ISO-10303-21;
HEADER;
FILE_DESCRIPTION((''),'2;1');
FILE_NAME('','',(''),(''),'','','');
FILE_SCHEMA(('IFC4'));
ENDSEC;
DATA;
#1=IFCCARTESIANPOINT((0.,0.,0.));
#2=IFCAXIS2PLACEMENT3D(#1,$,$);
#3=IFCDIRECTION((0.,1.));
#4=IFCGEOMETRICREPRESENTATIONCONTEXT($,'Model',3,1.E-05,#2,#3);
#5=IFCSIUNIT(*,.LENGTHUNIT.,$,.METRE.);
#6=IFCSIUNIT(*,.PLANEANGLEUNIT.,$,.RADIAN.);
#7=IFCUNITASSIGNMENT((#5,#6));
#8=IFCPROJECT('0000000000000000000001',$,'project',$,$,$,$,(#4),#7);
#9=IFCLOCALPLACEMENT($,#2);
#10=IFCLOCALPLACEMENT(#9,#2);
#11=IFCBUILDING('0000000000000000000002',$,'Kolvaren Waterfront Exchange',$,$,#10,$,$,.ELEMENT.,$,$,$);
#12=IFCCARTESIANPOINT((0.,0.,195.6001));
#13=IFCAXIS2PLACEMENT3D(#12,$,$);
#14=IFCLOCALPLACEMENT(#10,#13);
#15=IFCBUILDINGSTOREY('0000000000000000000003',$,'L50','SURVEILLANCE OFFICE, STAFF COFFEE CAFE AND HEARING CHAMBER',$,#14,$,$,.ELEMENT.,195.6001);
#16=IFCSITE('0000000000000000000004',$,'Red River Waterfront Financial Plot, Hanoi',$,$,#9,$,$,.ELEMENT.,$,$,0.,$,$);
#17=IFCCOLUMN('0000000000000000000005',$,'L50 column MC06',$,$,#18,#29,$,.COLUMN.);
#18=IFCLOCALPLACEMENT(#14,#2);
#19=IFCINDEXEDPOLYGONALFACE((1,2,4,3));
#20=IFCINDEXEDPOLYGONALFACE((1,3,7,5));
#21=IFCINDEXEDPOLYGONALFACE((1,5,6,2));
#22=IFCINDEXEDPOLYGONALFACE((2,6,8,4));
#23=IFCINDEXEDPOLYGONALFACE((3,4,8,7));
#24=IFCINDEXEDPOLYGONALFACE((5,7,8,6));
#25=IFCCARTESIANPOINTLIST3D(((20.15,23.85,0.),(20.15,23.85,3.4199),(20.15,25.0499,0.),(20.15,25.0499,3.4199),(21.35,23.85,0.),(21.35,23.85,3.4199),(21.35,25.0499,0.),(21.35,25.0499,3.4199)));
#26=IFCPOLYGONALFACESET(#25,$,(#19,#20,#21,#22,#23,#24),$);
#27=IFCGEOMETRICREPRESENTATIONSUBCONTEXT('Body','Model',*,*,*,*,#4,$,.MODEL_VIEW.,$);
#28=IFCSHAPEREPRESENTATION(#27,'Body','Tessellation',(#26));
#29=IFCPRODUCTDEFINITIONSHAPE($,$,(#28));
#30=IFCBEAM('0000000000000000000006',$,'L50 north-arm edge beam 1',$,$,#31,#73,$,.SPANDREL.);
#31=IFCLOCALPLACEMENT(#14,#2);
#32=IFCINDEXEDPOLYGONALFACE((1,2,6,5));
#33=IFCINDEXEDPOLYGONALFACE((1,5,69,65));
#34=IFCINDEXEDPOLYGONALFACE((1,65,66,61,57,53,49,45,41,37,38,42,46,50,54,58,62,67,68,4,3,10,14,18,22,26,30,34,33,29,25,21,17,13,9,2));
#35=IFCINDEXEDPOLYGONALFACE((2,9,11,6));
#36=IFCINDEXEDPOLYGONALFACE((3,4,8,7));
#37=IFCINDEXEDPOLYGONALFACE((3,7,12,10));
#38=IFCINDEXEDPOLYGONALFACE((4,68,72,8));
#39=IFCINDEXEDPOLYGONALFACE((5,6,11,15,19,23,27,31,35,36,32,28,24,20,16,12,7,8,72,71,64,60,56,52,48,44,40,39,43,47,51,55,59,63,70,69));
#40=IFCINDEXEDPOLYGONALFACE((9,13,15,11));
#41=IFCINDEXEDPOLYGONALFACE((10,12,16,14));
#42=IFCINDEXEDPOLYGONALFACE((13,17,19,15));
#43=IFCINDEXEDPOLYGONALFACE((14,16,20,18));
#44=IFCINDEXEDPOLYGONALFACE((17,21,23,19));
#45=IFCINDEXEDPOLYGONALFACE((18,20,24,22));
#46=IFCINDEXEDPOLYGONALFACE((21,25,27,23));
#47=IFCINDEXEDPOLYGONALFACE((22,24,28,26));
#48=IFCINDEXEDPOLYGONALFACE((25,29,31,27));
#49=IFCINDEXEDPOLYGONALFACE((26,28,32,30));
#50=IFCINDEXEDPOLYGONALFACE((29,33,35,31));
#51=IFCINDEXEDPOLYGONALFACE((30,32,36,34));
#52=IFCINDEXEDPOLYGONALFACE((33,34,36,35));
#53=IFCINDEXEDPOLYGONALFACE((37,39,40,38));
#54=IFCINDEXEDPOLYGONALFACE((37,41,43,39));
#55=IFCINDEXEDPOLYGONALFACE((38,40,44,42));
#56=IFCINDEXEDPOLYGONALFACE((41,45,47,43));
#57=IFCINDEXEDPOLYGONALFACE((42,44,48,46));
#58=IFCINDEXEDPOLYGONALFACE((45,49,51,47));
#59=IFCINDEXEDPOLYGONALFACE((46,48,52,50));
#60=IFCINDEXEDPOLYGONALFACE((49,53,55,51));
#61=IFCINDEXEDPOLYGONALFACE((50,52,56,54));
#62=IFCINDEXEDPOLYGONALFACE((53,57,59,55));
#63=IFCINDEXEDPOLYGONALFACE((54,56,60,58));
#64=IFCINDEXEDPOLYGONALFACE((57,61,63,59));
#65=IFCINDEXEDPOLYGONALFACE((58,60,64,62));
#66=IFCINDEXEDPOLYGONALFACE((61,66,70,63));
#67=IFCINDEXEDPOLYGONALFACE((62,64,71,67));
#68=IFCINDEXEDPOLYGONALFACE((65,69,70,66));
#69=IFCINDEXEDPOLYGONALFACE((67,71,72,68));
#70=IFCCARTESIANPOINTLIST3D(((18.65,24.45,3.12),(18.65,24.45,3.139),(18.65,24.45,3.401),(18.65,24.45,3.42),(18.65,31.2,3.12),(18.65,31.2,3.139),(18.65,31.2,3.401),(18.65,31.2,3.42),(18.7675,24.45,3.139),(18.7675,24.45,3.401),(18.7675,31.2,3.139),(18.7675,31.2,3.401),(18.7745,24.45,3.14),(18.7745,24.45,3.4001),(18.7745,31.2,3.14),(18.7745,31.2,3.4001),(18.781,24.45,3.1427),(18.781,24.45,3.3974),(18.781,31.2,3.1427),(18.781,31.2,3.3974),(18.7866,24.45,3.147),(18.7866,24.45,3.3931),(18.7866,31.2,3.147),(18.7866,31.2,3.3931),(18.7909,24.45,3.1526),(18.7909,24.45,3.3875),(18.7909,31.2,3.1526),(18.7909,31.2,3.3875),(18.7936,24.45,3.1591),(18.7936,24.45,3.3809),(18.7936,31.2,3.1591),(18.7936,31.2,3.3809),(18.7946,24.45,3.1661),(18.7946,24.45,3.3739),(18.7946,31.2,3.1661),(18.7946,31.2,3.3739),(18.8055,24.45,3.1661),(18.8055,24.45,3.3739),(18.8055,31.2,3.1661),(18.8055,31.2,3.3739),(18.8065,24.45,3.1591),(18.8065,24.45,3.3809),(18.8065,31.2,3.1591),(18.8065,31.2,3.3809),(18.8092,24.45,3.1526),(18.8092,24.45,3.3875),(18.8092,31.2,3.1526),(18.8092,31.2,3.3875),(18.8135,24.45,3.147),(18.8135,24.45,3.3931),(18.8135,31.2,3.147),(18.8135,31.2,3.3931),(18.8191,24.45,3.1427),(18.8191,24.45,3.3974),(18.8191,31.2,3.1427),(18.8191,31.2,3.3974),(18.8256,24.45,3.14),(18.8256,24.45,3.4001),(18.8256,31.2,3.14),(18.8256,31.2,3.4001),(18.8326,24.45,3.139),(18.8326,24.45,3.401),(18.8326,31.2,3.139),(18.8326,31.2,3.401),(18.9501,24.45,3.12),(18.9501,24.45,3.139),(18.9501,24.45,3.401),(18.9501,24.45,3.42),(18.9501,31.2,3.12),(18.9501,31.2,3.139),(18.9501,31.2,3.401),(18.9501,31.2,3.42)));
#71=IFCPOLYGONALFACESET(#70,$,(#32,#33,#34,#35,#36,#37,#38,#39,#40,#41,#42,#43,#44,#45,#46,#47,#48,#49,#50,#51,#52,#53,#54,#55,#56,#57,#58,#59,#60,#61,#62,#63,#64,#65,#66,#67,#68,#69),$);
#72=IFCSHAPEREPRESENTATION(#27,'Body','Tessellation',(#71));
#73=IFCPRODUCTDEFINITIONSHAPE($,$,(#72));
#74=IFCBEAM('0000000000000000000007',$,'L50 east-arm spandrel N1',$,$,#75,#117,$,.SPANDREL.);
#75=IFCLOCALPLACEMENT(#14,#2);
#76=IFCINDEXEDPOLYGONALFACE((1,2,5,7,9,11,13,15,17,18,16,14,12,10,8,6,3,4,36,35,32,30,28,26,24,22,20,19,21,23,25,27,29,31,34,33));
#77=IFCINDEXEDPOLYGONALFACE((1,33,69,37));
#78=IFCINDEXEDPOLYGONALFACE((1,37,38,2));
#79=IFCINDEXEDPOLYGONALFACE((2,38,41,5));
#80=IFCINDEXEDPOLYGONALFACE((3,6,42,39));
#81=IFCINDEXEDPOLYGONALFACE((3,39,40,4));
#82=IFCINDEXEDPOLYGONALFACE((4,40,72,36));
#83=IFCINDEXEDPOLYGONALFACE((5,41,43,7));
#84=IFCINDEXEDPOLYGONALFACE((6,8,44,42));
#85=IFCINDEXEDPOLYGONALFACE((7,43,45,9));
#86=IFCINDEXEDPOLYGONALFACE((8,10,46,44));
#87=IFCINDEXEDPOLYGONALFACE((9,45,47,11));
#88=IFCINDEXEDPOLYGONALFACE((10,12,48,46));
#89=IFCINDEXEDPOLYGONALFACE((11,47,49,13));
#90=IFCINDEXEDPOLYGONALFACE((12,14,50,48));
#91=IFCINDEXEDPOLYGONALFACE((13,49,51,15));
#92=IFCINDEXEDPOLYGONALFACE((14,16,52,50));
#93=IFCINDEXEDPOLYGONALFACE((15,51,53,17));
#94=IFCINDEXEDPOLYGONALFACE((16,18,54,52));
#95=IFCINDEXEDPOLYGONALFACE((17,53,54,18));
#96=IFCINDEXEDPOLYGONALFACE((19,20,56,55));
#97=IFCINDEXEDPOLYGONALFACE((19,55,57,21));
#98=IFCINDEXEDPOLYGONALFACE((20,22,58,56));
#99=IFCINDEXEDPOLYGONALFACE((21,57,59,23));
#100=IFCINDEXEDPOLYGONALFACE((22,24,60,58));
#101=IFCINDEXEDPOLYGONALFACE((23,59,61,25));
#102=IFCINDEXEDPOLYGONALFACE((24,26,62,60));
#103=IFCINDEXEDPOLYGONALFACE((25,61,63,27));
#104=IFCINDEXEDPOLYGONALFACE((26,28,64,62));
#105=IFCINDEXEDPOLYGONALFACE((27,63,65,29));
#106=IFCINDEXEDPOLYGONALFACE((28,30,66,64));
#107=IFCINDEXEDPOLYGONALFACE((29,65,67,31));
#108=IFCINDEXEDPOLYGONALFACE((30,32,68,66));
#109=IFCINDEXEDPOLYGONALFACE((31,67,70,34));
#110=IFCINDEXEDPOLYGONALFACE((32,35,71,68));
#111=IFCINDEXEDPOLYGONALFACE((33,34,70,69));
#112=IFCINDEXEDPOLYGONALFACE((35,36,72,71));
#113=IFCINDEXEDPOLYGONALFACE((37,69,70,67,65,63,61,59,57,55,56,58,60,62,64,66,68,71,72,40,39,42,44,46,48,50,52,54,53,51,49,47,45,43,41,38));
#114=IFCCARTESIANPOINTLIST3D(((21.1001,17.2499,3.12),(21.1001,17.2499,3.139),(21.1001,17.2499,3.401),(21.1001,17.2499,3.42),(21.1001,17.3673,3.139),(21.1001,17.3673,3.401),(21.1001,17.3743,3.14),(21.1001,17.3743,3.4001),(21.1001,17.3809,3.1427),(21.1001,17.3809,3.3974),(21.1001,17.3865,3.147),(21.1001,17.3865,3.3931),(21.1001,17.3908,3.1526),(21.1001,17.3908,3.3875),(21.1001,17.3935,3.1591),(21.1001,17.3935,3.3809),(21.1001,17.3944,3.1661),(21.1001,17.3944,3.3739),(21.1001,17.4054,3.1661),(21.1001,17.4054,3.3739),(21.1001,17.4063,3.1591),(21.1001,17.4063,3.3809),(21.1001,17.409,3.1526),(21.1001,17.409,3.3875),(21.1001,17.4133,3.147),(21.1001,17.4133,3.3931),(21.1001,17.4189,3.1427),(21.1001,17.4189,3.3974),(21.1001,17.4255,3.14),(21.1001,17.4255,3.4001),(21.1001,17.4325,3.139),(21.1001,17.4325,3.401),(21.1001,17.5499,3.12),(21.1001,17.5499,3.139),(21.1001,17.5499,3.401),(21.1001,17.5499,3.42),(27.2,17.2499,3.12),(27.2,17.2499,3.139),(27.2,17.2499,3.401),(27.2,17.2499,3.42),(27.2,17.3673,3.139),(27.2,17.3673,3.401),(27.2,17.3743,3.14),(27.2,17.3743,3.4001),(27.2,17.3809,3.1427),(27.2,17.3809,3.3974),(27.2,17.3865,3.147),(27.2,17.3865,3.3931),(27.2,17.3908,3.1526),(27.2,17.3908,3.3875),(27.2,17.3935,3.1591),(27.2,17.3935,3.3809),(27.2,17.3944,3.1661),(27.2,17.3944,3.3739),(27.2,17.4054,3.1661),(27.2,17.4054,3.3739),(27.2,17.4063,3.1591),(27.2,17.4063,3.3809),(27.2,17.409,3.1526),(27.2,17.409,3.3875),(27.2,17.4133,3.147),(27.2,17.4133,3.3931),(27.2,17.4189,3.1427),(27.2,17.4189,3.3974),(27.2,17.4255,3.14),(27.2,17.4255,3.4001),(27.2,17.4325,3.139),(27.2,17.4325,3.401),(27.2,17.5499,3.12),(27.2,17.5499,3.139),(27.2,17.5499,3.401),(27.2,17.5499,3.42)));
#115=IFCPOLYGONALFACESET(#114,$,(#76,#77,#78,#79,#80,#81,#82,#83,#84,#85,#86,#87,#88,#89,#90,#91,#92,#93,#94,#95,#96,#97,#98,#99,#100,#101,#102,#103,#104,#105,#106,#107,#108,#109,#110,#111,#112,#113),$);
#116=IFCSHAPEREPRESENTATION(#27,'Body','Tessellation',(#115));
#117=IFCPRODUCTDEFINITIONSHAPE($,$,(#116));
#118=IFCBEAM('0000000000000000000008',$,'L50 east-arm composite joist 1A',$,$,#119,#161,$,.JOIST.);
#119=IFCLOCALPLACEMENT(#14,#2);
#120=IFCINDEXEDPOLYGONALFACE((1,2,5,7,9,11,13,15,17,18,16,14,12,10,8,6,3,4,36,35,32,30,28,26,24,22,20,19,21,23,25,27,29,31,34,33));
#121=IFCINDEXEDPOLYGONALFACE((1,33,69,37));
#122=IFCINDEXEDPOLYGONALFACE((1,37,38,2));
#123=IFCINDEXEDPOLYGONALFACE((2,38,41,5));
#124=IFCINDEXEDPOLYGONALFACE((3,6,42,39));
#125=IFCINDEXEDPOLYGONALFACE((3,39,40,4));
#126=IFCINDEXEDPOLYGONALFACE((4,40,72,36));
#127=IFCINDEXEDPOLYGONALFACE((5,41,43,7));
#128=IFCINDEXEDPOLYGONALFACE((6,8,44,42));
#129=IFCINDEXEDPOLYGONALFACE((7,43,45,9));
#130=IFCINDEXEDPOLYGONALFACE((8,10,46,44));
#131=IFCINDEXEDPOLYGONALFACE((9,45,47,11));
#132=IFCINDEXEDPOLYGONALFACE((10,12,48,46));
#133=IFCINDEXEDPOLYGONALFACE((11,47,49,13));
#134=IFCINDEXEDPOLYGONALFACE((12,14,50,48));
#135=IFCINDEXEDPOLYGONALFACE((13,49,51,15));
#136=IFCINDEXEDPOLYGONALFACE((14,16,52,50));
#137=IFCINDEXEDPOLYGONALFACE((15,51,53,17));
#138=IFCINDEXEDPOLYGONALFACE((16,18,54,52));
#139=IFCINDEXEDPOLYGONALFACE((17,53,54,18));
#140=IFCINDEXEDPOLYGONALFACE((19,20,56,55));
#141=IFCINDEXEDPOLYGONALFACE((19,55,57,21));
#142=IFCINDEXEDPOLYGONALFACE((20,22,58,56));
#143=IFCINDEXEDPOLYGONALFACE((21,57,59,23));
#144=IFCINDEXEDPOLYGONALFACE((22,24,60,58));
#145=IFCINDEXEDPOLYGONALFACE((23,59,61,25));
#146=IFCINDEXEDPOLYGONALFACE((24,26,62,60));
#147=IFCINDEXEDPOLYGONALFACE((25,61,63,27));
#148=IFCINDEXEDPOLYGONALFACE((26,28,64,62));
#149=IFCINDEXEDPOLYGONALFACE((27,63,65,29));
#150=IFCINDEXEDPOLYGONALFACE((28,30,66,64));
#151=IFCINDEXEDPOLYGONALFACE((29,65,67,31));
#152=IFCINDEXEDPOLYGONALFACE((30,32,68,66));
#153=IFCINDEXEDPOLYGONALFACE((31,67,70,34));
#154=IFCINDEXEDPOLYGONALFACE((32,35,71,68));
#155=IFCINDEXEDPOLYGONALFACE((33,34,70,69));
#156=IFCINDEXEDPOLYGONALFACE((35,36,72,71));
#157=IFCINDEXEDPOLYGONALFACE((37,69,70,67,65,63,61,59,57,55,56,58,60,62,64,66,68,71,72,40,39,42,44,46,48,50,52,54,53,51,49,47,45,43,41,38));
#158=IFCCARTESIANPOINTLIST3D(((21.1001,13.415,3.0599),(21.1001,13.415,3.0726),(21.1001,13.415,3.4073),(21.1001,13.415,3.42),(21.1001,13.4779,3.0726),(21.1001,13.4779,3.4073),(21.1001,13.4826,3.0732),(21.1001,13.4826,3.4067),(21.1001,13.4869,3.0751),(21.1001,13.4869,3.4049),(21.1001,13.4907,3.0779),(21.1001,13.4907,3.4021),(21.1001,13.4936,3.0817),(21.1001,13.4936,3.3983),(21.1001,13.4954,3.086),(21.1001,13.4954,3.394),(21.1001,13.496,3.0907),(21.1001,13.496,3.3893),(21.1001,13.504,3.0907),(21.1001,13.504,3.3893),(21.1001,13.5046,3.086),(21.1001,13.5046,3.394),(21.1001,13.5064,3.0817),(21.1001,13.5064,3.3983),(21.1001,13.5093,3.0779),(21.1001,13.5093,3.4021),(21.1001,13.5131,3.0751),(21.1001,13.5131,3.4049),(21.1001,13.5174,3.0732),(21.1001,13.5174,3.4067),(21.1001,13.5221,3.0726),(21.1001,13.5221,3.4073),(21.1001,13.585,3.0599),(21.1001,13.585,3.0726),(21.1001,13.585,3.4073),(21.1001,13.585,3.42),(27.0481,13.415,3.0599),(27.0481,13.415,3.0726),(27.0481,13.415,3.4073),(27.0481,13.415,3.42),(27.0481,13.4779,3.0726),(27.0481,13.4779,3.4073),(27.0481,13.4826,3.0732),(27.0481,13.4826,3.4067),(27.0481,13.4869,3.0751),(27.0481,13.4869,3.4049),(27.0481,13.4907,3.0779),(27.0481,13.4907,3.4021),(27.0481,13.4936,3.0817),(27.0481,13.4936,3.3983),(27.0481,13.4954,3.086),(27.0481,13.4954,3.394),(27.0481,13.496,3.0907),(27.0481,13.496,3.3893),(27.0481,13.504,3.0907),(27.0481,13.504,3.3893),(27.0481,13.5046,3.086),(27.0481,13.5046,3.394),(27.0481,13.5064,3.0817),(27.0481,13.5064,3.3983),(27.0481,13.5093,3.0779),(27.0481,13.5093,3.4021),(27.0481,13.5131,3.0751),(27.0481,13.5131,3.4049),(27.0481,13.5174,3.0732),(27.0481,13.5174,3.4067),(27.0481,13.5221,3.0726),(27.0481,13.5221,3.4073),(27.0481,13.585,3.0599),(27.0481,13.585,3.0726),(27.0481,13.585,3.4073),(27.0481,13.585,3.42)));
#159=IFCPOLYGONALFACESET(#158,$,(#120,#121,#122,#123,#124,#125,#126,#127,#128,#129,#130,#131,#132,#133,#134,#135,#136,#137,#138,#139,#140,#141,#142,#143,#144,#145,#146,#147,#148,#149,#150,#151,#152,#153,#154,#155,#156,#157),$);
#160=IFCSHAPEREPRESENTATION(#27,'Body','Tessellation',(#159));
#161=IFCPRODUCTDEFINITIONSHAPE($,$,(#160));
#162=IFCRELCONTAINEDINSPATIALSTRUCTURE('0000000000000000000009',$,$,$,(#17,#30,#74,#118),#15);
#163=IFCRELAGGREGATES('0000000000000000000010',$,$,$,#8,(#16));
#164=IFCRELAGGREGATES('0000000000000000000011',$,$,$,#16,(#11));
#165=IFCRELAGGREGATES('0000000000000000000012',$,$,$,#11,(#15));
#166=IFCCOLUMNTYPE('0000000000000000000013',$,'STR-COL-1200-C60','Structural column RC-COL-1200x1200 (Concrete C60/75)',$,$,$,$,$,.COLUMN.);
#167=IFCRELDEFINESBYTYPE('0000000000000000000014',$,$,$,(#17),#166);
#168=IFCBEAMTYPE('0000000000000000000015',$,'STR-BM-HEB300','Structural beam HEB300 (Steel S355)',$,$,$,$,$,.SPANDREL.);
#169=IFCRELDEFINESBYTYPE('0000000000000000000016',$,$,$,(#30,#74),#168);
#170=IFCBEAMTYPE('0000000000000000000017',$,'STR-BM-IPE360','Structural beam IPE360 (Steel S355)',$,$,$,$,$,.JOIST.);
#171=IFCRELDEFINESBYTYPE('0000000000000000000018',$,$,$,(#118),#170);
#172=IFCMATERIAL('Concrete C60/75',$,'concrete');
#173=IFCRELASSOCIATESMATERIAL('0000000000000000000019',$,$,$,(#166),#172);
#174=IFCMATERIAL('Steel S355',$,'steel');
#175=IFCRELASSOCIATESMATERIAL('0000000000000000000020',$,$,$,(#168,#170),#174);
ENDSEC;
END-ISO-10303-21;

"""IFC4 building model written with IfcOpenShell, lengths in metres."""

from ifc_helpers import new_model, si_unit, direction, frame, origin, origin_2d, place, context, subcontext, project, spatial, rectangle, i_section, extrude, material, material_profile, profile_set, type_object, element, save


model = new_model("IFC4")

# Units and contexts
model_context = context("Model", 3, precision=1e-05, world=origin(), true_north=direction((0.0, 1.0)))
body_context = subcontext(model_context, "Body", "Model", "MODEL_VIEW")
ifc_project = project(units=[si_unit("LENGTHUNIT", "METRE"), si_unit("PLANEANGLEUNIT", "RADIAN")], contexts=[model_context])

# Site, building, storey
site_placement = place(None, origin())
site = spatial("IfcSite", under=ifc_project, at=site_placement, Name="Red River Waterfront Financial Plot, Hanoi", CompositionType="ELEMENT", RefElevation=0.0)
building_placement = place(site_placement, origin())
building = spatial("IfcBuilding", under=site, at=building_placement, Name="Kolvaren Waterfront Exchange", CompositionType="ELEMENT")
storey_placement = place(building_placement, frame((0.0, 0.0, 195.6001)))
storey = spatial("IfcBuildingStorey", under=building, at=storey_placement, Name="L50", Description="SURVEILLANCE OFFICE, STAFF COFFEE CAFE AND HEARING CHAMBER", CompositionType="ELEMENT", Elevation=195.6001)

# Column
ifc_material_1 = material(Name="Concrete C60/75", Category="concrete")
ifc_material_profile_1 = material_profile(ifc_material_1, rectangle(XDim=1.2, YDim=1.2, at=origin_2d()), Name="RC-COL-1200x1200")
ifc_profile_set_1 = profile_set([ifc_material_profile_1], Name="Concrete C60/75")
column_type = type_object("IfcColumnType", Name="STR-COL-1200-C60", Description="Structural column RC-COL-1200x1200 (Concrete C60/75)", PredefinedType="COLUMN", material=ifc_profile_set_1)
column_placement = place(storey_placement, frame((20.75, 24.45, 0.0), z_axis=(0.0, 0.0, 1.0), x_axis=(1.0, 0.0, 0.0)))
element("IfcColumn", 1, at=column_placement, inside=storey, type_object=column_type, Name="L50 column MC06", PredefinedType="COLUMN", context=body_context, shape_type="SweptSolid", body=[
    extrude(rectangle(XDim=1.2, YDim=1.2, at=origin_2d()), origin(), (0.0, 0.0, 1.0), 3.4199),
])

# Beams
ifc_material_2 = material(Name="Steel S355", Category="steel")
ifc_material_profile_2 = material_profile(ifc_material_2, i_section(OverallWidth=0.3, OverallDepth=0.3, WebThickness=0.011, FlangeThickness=0.019, FilletRadius=0.0271, at=origin_2d()), Name="HEB300")
ifc_profile_set_2 = profile_set([ifc_material_profile_2], Name="Steel S355")
beam_type_1 = type_object("IfcBeamType", Name="STR-BM-HEB300", Description="Structural beam HEB300 (Steel S355)", PredefinedType="SPANDREL", material=ifc_profile_set_2)
beam_1_placement = place(storey_placement, frame((18.8, 24.45, 3.27), z_axis=(0.0, 1.0, 0.0), x_axis=(-1.0, 0.0, 0.0)))
element("IfcBeam", 2, at=beam_1_placement, inside=storey, type_object=beam_type_1, Name="L50 north-arm edge beam 1", PredefinedType="SPANDREL", context=body_context, shape_type="SweptSolid", body=[
    extrude(i_section(OverallWidth=0.3, OverallDepth=0.3, WebThickness=0.011, FlangeThickness=0.019, FilletRadius=0.0271, at=origin_2d()), origin(), (0.0, 0.0, 1.0), 6.75),
])
beam_2_placement = place(storey_placement, frame((21.1001, 17.3999, 3.27), z_axis=(1.0, 0.0, 0.0), x_axis=(0.0, 1.0, 0.0)))
element("IfcBeam", 3, at=beam_2_placement, inside=storey, type_object=beam_type_1, Name="L50 east-arm spandrel N1", PredefinedType="SPANDREL", context=body_context, shape_type="SweptSolid", body=[
    extrude(i_section(OverallWidth=0.3, OverallDepth=0.3, WebThickness=0.011, FlangeThickness=0.019, FilletRadius=0.0271, at=origin_2d()), origin(), (0.0, 0.0, 1.0), 6.0999),
])
ifc_material_profile_3 = material_profile(ifc_material_2, i_section(OverallWidth=0.1699, OverallDepth=0.3601, WebThickness=0.0081, FlangeThickness=0.0127, FilletRadius=0.0181, at=origin_2d()), Name="IPE360")
ifc_profile_set_3 = profile_set([ifc_material_profile_3], Name="Steel S355")
beam_type_2 = type_object("IfcBeamType", Name="STR-BM-IPE360", Description="Structural beam IPE360 (Steel S355)", PredefinedType="JOIST", material=ifc_profile_set_3)
for number, where, z_axis, x_axis, name in (
    (4, (21.1001, 13.5, 3.24), (1.0, 0.0, 0.0), (0.0, 1.0, 0.0), "L50 east-arm composite joist 1A"),
):
    element("IfcBeam", number, at=place(storey_placement, frame(where, z_axis=z_axis, x_axis=x_axis)), inside=storey, type_object=beam_type_2, Name=name, PredefinedType="JOIST", context=body_context, shape_type="SweptSolid", body=[
        extrude(i_section(OverallWidth=0.1699, OverallDepth=0.3601, WebThickness=0.0081, FlangeThickness=0.0127, FilletRadius=0.0181, at=origin_2d()), origin(), (0.0, 0.0, 1.0), 5.948),
    ])

save(model, "model.ifc")
